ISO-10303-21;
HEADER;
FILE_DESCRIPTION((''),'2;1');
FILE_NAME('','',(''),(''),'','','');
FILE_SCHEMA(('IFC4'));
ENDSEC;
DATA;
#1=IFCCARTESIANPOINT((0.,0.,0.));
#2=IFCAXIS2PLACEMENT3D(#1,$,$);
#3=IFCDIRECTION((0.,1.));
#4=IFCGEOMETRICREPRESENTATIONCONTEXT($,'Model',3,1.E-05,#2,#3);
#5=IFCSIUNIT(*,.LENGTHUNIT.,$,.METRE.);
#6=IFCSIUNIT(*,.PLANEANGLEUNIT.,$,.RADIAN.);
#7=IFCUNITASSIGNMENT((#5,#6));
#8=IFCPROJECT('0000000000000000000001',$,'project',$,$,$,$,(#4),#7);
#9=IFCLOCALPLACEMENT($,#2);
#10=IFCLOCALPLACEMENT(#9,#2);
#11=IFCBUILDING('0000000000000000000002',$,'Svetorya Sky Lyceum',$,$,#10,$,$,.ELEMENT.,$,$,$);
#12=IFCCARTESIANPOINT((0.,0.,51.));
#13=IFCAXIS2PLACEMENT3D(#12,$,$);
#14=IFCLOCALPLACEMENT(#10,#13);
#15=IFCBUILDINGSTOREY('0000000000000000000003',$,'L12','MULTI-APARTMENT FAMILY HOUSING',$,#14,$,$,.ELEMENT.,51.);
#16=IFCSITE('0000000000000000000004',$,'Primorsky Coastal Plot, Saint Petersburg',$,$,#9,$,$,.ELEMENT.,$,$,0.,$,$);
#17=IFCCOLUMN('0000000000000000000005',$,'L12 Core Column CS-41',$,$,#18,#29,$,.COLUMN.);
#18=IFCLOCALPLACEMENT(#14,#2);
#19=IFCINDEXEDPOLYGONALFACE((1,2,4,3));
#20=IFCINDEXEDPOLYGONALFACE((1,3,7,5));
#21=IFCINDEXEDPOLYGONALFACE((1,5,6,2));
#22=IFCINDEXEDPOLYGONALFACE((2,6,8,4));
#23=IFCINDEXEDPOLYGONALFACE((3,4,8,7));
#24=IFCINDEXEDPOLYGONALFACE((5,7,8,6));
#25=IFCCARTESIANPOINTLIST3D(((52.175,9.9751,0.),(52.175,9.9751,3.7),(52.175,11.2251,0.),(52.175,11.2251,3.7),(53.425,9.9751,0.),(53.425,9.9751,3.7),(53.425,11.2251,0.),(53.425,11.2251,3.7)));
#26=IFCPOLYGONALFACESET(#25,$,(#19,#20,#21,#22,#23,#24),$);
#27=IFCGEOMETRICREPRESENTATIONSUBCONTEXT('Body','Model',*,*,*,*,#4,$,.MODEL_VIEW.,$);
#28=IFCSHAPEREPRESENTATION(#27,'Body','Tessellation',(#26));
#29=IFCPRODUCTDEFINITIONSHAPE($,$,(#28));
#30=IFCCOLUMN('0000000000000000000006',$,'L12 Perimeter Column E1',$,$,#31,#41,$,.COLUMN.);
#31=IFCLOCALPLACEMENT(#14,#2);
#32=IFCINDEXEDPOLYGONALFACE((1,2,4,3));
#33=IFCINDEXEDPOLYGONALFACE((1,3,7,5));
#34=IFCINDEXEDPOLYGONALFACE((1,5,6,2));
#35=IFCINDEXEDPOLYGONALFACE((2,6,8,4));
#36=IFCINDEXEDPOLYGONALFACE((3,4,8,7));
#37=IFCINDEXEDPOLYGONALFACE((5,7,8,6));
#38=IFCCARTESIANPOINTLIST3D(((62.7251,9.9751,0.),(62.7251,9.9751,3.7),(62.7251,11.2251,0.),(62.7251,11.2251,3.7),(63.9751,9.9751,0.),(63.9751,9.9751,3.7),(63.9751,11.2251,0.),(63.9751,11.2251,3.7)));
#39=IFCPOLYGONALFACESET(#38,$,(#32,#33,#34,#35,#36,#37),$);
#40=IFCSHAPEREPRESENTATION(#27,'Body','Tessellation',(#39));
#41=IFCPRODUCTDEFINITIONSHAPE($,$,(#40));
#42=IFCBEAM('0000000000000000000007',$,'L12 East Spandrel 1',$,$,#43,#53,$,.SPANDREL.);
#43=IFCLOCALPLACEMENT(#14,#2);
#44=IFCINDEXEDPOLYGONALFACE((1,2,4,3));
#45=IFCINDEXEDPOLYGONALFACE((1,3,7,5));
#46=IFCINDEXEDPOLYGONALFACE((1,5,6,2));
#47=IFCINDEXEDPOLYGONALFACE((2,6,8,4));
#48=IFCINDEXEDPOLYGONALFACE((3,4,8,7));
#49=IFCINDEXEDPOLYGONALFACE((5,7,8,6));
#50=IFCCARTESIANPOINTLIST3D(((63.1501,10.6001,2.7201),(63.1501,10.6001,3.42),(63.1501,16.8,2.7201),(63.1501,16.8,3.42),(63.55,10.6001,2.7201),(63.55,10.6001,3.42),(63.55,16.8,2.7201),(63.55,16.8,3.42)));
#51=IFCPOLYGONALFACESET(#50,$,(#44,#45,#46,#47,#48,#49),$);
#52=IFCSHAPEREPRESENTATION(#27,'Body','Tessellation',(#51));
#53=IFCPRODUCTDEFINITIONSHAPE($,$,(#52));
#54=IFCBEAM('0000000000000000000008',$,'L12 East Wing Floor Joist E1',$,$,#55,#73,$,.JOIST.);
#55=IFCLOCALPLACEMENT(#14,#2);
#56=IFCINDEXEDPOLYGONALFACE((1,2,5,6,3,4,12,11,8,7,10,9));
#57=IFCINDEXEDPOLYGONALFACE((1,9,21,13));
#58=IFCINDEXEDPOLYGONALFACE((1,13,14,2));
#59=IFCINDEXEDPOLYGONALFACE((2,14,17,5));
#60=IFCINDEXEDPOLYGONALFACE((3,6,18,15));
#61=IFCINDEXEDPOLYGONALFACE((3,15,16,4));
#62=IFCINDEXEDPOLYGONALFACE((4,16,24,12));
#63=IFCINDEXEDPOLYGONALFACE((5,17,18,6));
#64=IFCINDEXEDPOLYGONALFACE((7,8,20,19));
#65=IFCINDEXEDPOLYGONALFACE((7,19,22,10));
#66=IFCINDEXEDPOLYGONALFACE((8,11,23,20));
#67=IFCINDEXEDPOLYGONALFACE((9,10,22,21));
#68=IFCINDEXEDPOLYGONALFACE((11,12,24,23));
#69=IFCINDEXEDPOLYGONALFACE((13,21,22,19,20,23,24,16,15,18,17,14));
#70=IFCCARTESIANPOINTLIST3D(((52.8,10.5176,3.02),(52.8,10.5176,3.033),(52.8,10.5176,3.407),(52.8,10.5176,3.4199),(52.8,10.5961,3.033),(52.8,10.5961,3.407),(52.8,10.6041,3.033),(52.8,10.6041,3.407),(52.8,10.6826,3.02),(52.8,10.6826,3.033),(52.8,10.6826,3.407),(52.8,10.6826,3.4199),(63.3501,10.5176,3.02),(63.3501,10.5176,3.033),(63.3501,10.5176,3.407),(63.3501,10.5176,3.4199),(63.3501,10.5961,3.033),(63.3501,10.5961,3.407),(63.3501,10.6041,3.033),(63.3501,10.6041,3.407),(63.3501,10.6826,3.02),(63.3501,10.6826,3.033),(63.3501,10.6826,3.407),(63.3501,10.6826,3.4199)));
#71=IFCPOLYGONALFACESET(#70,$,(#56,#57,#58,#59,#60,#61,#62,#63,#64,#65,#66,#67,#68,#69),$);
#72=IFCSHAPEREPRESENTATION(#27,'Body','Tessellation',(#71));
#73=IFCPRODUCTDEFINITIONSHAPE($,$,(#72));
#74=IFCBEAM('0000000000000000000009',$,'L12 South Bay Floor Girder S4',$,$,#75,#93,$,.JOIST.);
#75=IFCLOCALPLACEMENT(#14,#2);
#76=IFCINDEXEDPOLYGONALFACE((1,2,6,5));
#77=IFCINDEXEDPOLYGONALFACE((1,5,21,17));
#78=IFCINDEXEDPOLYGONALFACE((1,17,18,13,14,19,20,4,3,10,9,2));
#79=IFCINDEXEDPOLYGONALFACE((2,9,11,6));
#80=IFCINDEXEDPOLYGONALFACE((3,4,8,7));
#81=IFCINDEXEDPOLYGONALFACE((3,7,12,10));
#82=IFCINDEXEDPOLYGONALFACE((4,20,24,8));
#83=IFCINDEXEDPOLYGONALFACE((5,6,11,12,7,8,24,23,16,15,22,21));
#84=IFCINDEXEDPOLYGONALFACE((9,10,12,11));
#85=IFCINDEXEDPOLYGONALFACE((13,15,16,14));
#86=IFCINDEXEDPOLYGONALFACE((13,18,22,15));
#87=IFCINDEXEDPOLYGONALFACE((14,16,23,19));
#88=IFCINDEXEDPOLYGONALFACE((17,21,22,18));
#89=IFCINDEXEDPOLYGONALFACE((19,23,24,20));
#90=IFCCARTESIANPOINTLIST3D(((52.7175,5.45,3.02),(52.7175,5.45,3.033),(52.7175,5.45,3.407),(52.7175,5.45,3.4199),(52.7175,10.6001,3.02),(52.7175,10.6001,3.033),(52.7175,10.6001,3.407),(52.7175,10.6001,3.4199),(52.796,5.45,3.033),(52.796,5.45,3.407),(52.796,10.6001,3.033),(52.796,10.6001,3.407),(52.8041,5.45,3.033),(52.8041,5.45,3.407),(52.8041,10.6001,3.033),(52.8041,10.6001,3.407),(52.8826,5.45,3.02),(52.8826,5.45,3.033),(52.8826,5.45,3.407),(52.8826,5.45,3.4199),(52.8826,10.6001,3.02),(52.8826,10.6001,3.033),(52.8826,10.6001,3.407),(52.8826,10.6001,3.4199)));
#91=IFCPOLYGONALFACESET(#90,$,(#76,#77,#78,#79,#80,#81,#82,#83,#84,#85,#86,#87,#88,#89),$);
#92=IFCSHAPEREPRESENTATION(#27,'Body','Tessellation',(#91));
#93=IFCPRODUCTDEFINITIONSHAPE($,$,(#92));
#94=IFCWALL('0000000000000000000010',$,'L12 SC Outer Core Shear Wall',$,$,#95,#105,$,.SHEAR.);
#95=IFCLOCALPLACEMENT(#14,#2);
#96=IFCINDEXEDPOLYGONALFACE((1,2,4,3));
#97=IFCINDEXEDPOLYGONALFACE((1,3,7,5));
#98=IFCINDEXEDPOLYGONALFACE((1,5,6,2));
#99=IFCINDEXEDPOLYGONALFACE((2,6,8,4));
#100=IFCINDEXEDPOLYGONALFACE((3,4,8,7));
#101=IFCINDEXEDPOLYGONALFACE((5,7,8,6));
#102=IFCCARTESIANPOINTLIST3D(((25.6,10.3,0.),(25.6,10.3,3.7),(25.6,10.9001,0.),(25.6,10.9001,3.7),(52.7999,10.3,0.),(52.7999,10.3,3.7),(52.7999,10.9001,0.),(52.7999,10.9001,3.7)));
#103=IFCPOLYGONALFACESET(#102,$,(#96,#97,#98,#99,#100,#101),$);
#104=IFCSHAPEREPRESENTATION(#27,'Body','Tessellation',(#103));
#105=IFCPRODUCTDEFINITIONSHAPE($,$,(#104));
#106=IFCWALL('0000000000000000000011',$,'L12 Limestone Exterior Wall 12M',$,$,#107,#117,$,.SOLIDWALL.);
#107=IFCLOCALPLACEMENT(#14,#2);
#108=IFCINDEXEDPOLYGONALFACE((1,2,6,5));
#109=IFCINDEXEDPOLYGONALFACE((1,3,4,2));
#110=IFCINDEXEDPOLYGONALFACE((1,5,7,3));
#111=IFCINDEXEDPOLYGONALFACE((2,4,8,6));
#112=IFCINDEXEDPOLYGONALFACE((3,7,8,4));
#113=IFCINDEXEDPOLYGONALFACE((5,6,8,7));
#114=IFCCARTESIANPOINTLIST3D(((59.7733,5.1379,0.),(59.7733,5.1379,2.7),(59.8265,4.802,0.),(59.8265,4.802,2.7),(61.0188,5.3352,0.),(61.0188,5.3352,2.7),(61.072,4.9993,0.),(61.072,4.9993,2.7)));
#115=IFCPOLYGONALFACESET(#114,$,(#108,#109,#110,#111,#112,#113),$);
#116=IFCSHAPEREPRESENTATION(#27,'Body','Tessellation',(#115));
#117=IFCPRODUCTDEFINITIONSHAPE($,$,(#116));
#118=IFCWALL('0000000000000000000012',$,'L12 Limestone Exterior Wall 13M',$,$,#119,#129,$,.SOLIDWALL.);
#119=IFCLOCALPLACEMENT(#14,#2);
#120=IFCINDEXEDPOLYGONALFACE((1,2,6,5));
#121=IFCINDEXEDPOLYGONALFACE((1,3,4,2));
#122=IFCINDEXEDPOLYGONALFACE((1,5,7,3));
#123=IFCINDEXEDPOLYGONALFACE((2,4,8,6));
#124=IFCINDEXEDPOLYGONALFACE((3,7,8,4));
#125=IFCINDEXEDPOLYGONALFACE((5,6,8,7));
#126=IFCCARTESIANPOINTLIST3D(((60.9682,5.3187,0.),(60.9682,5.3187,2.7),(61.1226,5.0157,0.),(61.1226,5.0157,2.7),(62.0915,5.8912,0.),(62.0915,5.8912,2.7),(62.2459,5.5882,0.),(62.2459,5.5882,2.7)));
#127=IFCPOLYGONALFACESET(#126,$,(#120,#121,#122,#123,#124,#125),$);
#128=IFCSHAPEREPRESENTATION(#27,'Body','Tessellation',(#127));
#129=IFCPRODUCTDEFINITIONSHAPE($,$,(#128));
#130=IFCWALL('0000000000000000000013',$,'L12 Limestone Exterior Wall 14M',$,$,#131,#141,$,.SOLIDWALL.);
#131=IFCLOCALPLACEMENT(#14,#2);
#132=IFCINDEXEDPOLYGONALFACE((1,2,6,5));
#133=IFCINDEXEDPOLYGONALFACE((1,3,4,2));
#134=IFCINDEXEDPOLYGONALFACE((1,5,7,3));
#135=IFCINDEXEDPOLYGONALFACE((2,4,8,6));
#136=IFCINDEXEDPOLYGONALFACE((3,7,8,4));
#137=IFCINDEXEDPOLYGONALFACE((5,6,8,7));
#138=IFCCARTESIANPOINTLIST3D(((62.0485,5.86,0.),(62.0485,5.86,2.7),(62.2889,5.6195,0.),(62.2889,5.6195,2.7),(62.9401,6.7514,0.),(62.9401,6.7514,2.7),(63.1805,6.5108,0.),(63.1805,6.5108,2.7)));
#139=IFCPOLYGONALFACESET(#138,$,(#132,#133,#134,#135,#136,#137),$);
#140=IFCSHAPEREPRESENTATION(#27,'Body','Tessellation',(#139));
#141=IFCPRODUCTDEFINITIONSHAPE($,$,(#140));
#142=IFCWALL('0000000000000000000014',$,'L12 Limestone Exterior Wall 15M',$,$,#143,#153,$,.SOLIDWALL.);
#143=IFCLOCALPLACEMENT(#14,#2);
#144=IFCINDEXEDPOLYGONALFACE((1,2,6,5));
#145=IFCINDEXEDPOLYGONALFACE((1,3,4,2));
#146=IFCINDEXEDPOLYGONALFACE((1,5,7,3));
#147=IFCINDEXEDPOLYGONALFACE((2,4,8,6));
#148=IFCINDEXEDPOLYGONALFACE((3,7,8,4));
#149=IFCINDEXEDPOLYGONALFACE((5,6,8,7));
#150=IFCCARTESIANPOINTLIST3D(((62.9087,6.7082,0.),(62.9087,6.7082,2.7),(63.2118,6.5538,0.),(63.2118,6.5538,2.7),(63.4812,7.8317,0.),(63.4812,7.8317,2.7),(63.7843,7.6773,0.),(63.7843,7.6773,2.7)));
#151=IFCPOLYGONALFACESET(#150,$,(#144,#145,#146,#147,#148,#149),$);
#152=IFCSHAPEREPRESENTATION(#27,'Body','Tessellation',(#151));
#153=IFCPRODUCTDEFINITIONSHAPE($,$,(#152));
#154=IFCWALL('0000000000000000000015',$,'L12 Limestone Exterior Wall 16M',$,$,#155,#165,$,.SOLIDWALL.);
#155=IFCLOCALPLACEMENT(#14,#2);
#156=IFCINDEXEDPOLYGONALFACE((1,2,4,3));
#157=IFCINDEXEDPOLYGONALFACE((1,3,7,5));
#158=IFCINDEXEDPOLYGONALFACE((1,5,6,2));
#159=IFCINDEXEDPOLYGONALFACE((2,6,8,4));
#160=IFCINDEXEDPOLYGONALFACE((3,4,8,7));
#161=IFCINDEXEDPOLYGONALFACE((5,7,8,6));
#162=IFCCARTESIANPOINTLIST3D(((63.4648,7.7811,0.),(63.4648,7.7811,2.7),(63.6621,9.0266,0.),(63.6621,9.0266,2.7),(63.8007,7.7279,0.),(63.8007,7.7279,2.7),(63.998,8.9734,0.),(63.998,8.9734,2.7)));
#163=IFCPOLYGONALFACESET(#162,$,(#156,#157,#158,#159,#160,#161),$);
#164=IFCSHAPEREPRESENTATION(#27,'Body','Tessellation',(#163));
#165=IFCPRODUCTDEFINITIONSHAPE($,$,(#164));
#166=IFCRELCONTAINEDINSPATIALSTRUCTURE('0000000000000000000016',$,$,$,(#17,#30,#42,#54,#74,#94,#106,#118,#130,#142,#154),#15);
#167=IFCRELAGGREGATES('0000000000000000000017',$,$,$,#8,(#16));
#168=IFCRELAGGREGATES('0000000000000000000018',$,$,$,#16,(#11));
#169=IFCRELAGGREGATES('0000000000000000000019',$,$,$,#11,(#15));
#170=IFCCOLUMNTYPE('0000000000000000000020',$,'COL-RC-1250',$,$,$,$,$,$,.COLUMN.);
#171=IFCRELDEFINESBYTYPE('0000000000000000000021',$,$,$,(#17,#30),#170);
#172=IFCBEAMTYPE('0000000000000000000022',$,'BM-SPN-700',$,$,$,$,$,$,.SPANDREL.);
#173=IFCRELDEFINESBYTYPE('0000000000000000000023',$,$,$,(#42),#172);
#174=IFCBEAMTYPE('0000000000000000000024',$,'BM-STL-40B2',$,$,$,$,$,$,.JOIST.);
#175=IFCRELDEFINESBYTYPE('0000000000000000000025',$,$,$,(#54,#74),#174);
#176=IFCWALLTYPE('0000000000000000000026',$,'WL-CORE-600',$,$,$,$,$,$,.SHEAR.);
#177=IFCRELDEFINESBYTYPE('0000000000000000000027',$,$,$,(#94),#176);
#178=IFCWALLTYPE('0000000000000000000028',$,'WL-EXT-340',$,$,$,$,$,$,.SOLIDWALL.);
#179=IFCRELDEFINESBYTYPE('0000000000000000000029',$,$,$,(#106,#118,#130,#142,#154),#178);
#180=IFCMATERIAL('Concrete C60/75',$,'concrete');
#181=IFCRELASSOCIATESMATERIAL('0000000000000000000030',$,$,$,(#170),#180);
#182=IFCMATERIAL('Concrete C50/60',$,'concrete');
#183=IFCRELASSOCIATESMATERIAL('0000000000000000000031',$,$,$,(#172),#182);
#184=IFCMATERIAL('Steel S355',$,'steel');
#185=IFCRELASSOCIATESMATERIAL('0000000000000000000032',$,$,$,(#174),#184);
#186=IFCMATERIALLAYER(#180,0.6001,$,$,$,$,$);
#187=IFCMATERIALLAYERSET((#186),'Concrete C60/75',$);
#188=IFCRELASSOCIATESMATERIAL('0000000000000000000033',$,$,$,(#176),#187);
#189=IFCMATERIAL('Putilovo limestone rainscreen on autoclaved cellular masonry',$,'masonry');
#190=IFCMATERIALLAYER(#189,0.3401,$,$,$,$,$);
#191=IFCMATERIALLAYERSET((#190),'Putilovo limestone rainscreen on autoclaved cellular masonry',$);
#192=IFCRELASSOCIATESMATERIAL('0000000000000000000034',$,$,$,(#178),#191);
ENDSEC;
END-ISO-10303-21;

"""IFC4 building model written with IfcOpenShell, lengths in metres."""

from ifc_helpers import new_model, si_unit, direction, frame, frame_2d, origin, origin_2d, place, context, subcontext, project, spatial, rectangle, i_section, extrude, material, layer, layer_set, material_profile, profile_set, type_object, element, save


model = new_model("IFC4")

# Units and contexts
model_context = context("Model", 3, precision=1e-05, world=origin(), true_north=direction((0.0, 1.0)))
body_context = subcontext(model_context, "Body", "Model", "MODEL_VIEW")
ifc_project = project(units=[si_unit("LENGTHUNIT", "METRE"), si_unit("PLANEANGLEUNIT", "RADIAN")], contexts=[model_context])

# Site, building, storey
site_placement = place(None, origin())
site = spatial("IfcSite", under=ifc_project, at=site_placement, Name="Primorsky Coastal Plot, Saint Petersburg", CompositionType="ELEMENT", RefElevation=0.0)
building_placement = place(site_placement, origin())
building = spatial("IfcBuilding", under=site, at=building_placement, Name="Svetorya Sky Lyceum", CompositionType="ELEMENT")
storey_placement = place(building_placement, frame((0.0, 0.0, 51.0)))
storey = spatial("IfcBuildingStorey", under=building, at=storey_placement, Name="L12", Description="MULTI-APARTMENT FAMILY HOUSING", CompositionType="ELEMENT", Elevation=51.0)

# Columns
ifc_material_1 = material(Name="Concrete C60/75", Category="concrete")
ifc_material_profile_1 = material_profile(ifc_material_1, rectangle(XDim=1.25, YDim=1.25, at=origin_2d()), Name="RC COL 1250x1250")
ifc_profile_set_1 = profile_set([ifc_material_profile_1], Name="Concrete C60/75")
column_type = type_object("IfcColumnType", Name="COL-RC-1250", PredefinedType="COLUMN", material=ifc_profile_set_1)
for number, where, z_axis, x_axis, name in (
    (1, (52.8, 10.6001, 0.0), (0.0, 0.0, 1.0), (1.0, 0.0, 0.0), "L12 Core Column CS-41"),
    (2, (63.3501, 10.6001, 0.0), (0.0, 0.0, 1.0), (1.0, 0.0, 0.0), "L12 Perimeter Column E1"),
):
    element("IfcColumn", number, at=place(storey_placement, frame(where, z_axis=z_axis, x_axis=x_axis)), inside=storey, type_object=column_type, Name=name, PredefinedType="COLUMN", context=body_context, shape_type="SweptSolid", body=[
        extrude(rectangle(XDim=1.25, YDim=1.25, at=origin_2d()), origin(), (0.0, 0.0, 1.0), 3.7),
    ])

# Beams
ifc_material_2 = material(Name="Concrete C50/60", Category="concrete")
ifc_material_profile_2 = material_profile(ifc_material_2, rectangle(XDim=0.3999, YDim=0.7, at=origin_2d()), Name="RC SPANDREL 400x700")
ifc_profile_set_2 = profile_set([ifc_material_profile_2], Name="Concrete C50/60")
beam_type_1 = type_object("IfcBeamType", Name="BM-SPN-700", PredefinedType="SPANDREL", material=ifc_profile_set_2)
beam_1_placement = place(storey_placement, frame((63.3501, 10.6001, 3.0701), z_axis=(0.0, 1.0, 0.0), x_axis=(-1.0, 0.0, 0.0)))
element("IfcBeam", 3, at=beam_1_placement, inside=storey, type_object=beam_type_1, Name="L12 East Spandrel 1", PredefinedType="SPANDREL", context=body_context, shape_type="SweptSolid", body=[
    extrude(rectangle(XDim=0.3999, YDim=0.7, at=origin_2d()), origin(), (0.0, 0.0, 1.0), 6.2),
])
ifc_material_3 = material(Name="Steel S355", Category="steel")
ifc_material_profile_3 = material_profile(ifc_material_3, i_section(OverallWidth=0.165, OverallDepth=0.3999, WebThickness=0.0081, FlangeThickness=0.0129, at=origin_2d()), Name="GOST 40B2")
ifc_profile_set_3 = profile_set([ifc_material_profile_3], Name="Steel S355")
beam_type_2 = type_object("IfcBeamType", Name="BM-STL-40B2", PredefinedType="JOIST", material=ifc_profile_set_3)
beam_2_placement = place(storey_placement, frame((52.8, 10.6001, 3.22), z_axis=(1.0, 0.0, 0.0), x_axis=(0.0, 1.0, 0.0)))
element("IfcBeam", 4, at=beam_2_placement, inside=storey, type_object=beam_type_2, Name="L12 East Wing Floor Joist E1", PredefinedType="JOIST", context=body_context, shape_type="SweptSolid", body=[
    extrude(i_section(OverallWidth=0.165, OverallDepth=0.3999, WebThickness=0.0081, FlangeThickness=0.0129, at=origin_2d()), origin(), (0.0, 0.0, 1.0), 10.55),
])
beam_3_placement = place(storey_placement, frame((52.8, 5.45, 3.22), z_axis=(0.0, 1.0, 0.0), x_axis=(-1.0, 0.0, 0.0)))
element("IfcBeam", 5, at=beam_3_placement, inside=storey, type_object=beam_type_2, Name="L12 South Bay Floor Girder S4", PredefinedType="JOIST", context=body_context, shape_type="SweptSolid", body=[
    extrude(i_section(OverallWidth=0.165, OverallDepth=0.3999, WebThickness=0.0081, FlangeThickness=0.0129, at=origin_2d()), origin(), (0.0, 0.0, 1.0), 5.1501),
])

# Walls
ifc_layer_1 = layer(ifc_material_1, 0.6001)
ifc_layer_set_1 = layer_set([ifc_layer_1], Name="Concrete C60/75")
wall_type_1 = type_object("IfcWallType", Name="WL-CORE-600", PredefinedType="SHEAR", material=ifc_layer_set_1)
wall_1_placement = place(storey_placement, frame((52.8, 10.6001, 0.0), z_axis=(0.0, 0.0, 1.0), x_axis=(-1.0, 0.0, 0.0)))
element("IfcWall", 6, at=wall_1_placement, inside=storey, type_object=wall_type_1, Name="L12 SC Outer Core Shear Wall", PredefinedType="SHEAR", context=body_context, shape_type="SweptSolid", body=[
    extrude(rectangle(XDim=27.2, YDim=0.6001, at=frame_2d((13.6001, 0.0))), origin(), (0.0, 0.0, 1.0), 3.7),
])
ifc_material_4 = material(Name="Putilovo limestone rainscreen on autoclaved cellular masonry", Category="masonry")
ifc_layer_2 = layer(ifc_material_4, 0.3401)
ifc_layer_set_2 = layer_set([ifc_layer_2], Name="Putilovo limestone rainscreen on autoclaved cellular masonry")
wall_type_2 = type_object("IfcWallType", Name="WL-EXT-340", PredefinedType="SOLIDWALL", material=ifc_layer_set_2)
wall_2_placement = place(storey_placement, frame((59.8, 4.97, 0.0), z_axis=(0.0, 0.0, 1.0), x_axis=(0.987686, 0.15645, 0.0)))
element("IfcWall", 7, at=wall_2_placement, inside=storey, type_object=wall_type_2, Name="L12 Limestone Exterior Wall 12M", PredefinedType="SOLIDWALL", context=body_context, shape_type="SweptSolid", body=[
    extrude(rectangle(XDim=1.261, YDim=0.3401, at=frame_2d((0.6304, 0.0))), origin(), (0.0, 0.0, 1.0), 2.7),
])
for number, where, z_axis, x_axis, name in (
    (8, (61.0454, 5.1672, 0.0), (0.0, 0.0, 1.0), (0.890954, 0.454094, 0.0), "L12 Limestone Exterior Wall 13M"),
    (9, (62.1687, 5.7397, 0.0), (0.0, 0.0, 1.0), (0.707204, 0.70701, 0.0), "L12 Limestone Exterior Wall 14M"),
):
    element("IfcWall", number, at=place(storey_placement, frame(where, z_axis=z_axis, x_axis=x_axis)), inside=storey, type_object=wall_type_2, Name=name, PredefinedType="SOLIDWALL", context=body_context, shape_type="SweptSolid", body=[
        extrude(rectangle(XDim=1.2607, YDim=0.3401, at=frame_2d((0.6304, 0.0))), origin(), (0.0, 0.0, 1.0), 2.7),
    ])
for number, where, z_axis, x_axis, name in (
    (10, (63.0603, 6.6311, 0.0), (0.0, 0.0, 1.0), (0.454016, 0.890994, 0.0), "L12 Limestone Exterior Wall 15M"),
    (11, (63.6328, 7.7546, 0.0), (0.0, 0.0, 1.0), (0.15645, 0.987686, 0.0), "L12 Limestone Exterior Wall 16M"),
):
    element("IfcWall", number, at=place(storey_placement, frame(where, z_axis=z_axis, x_axis=x_axis)), inside=storey, type_object=wall_type_2, Name=name, PredefinedType="SOLIDWALL", context=body_context, shape_type="SweptSolid", body=[
        extrude(rectangle(XDim=1.261, YDim=0.3401, at=frame_2d((0.6304, 0.0))), origin(), (0.0, 0.0, 1.0), 2.7),
    ])

save(model, "model.ifc")
